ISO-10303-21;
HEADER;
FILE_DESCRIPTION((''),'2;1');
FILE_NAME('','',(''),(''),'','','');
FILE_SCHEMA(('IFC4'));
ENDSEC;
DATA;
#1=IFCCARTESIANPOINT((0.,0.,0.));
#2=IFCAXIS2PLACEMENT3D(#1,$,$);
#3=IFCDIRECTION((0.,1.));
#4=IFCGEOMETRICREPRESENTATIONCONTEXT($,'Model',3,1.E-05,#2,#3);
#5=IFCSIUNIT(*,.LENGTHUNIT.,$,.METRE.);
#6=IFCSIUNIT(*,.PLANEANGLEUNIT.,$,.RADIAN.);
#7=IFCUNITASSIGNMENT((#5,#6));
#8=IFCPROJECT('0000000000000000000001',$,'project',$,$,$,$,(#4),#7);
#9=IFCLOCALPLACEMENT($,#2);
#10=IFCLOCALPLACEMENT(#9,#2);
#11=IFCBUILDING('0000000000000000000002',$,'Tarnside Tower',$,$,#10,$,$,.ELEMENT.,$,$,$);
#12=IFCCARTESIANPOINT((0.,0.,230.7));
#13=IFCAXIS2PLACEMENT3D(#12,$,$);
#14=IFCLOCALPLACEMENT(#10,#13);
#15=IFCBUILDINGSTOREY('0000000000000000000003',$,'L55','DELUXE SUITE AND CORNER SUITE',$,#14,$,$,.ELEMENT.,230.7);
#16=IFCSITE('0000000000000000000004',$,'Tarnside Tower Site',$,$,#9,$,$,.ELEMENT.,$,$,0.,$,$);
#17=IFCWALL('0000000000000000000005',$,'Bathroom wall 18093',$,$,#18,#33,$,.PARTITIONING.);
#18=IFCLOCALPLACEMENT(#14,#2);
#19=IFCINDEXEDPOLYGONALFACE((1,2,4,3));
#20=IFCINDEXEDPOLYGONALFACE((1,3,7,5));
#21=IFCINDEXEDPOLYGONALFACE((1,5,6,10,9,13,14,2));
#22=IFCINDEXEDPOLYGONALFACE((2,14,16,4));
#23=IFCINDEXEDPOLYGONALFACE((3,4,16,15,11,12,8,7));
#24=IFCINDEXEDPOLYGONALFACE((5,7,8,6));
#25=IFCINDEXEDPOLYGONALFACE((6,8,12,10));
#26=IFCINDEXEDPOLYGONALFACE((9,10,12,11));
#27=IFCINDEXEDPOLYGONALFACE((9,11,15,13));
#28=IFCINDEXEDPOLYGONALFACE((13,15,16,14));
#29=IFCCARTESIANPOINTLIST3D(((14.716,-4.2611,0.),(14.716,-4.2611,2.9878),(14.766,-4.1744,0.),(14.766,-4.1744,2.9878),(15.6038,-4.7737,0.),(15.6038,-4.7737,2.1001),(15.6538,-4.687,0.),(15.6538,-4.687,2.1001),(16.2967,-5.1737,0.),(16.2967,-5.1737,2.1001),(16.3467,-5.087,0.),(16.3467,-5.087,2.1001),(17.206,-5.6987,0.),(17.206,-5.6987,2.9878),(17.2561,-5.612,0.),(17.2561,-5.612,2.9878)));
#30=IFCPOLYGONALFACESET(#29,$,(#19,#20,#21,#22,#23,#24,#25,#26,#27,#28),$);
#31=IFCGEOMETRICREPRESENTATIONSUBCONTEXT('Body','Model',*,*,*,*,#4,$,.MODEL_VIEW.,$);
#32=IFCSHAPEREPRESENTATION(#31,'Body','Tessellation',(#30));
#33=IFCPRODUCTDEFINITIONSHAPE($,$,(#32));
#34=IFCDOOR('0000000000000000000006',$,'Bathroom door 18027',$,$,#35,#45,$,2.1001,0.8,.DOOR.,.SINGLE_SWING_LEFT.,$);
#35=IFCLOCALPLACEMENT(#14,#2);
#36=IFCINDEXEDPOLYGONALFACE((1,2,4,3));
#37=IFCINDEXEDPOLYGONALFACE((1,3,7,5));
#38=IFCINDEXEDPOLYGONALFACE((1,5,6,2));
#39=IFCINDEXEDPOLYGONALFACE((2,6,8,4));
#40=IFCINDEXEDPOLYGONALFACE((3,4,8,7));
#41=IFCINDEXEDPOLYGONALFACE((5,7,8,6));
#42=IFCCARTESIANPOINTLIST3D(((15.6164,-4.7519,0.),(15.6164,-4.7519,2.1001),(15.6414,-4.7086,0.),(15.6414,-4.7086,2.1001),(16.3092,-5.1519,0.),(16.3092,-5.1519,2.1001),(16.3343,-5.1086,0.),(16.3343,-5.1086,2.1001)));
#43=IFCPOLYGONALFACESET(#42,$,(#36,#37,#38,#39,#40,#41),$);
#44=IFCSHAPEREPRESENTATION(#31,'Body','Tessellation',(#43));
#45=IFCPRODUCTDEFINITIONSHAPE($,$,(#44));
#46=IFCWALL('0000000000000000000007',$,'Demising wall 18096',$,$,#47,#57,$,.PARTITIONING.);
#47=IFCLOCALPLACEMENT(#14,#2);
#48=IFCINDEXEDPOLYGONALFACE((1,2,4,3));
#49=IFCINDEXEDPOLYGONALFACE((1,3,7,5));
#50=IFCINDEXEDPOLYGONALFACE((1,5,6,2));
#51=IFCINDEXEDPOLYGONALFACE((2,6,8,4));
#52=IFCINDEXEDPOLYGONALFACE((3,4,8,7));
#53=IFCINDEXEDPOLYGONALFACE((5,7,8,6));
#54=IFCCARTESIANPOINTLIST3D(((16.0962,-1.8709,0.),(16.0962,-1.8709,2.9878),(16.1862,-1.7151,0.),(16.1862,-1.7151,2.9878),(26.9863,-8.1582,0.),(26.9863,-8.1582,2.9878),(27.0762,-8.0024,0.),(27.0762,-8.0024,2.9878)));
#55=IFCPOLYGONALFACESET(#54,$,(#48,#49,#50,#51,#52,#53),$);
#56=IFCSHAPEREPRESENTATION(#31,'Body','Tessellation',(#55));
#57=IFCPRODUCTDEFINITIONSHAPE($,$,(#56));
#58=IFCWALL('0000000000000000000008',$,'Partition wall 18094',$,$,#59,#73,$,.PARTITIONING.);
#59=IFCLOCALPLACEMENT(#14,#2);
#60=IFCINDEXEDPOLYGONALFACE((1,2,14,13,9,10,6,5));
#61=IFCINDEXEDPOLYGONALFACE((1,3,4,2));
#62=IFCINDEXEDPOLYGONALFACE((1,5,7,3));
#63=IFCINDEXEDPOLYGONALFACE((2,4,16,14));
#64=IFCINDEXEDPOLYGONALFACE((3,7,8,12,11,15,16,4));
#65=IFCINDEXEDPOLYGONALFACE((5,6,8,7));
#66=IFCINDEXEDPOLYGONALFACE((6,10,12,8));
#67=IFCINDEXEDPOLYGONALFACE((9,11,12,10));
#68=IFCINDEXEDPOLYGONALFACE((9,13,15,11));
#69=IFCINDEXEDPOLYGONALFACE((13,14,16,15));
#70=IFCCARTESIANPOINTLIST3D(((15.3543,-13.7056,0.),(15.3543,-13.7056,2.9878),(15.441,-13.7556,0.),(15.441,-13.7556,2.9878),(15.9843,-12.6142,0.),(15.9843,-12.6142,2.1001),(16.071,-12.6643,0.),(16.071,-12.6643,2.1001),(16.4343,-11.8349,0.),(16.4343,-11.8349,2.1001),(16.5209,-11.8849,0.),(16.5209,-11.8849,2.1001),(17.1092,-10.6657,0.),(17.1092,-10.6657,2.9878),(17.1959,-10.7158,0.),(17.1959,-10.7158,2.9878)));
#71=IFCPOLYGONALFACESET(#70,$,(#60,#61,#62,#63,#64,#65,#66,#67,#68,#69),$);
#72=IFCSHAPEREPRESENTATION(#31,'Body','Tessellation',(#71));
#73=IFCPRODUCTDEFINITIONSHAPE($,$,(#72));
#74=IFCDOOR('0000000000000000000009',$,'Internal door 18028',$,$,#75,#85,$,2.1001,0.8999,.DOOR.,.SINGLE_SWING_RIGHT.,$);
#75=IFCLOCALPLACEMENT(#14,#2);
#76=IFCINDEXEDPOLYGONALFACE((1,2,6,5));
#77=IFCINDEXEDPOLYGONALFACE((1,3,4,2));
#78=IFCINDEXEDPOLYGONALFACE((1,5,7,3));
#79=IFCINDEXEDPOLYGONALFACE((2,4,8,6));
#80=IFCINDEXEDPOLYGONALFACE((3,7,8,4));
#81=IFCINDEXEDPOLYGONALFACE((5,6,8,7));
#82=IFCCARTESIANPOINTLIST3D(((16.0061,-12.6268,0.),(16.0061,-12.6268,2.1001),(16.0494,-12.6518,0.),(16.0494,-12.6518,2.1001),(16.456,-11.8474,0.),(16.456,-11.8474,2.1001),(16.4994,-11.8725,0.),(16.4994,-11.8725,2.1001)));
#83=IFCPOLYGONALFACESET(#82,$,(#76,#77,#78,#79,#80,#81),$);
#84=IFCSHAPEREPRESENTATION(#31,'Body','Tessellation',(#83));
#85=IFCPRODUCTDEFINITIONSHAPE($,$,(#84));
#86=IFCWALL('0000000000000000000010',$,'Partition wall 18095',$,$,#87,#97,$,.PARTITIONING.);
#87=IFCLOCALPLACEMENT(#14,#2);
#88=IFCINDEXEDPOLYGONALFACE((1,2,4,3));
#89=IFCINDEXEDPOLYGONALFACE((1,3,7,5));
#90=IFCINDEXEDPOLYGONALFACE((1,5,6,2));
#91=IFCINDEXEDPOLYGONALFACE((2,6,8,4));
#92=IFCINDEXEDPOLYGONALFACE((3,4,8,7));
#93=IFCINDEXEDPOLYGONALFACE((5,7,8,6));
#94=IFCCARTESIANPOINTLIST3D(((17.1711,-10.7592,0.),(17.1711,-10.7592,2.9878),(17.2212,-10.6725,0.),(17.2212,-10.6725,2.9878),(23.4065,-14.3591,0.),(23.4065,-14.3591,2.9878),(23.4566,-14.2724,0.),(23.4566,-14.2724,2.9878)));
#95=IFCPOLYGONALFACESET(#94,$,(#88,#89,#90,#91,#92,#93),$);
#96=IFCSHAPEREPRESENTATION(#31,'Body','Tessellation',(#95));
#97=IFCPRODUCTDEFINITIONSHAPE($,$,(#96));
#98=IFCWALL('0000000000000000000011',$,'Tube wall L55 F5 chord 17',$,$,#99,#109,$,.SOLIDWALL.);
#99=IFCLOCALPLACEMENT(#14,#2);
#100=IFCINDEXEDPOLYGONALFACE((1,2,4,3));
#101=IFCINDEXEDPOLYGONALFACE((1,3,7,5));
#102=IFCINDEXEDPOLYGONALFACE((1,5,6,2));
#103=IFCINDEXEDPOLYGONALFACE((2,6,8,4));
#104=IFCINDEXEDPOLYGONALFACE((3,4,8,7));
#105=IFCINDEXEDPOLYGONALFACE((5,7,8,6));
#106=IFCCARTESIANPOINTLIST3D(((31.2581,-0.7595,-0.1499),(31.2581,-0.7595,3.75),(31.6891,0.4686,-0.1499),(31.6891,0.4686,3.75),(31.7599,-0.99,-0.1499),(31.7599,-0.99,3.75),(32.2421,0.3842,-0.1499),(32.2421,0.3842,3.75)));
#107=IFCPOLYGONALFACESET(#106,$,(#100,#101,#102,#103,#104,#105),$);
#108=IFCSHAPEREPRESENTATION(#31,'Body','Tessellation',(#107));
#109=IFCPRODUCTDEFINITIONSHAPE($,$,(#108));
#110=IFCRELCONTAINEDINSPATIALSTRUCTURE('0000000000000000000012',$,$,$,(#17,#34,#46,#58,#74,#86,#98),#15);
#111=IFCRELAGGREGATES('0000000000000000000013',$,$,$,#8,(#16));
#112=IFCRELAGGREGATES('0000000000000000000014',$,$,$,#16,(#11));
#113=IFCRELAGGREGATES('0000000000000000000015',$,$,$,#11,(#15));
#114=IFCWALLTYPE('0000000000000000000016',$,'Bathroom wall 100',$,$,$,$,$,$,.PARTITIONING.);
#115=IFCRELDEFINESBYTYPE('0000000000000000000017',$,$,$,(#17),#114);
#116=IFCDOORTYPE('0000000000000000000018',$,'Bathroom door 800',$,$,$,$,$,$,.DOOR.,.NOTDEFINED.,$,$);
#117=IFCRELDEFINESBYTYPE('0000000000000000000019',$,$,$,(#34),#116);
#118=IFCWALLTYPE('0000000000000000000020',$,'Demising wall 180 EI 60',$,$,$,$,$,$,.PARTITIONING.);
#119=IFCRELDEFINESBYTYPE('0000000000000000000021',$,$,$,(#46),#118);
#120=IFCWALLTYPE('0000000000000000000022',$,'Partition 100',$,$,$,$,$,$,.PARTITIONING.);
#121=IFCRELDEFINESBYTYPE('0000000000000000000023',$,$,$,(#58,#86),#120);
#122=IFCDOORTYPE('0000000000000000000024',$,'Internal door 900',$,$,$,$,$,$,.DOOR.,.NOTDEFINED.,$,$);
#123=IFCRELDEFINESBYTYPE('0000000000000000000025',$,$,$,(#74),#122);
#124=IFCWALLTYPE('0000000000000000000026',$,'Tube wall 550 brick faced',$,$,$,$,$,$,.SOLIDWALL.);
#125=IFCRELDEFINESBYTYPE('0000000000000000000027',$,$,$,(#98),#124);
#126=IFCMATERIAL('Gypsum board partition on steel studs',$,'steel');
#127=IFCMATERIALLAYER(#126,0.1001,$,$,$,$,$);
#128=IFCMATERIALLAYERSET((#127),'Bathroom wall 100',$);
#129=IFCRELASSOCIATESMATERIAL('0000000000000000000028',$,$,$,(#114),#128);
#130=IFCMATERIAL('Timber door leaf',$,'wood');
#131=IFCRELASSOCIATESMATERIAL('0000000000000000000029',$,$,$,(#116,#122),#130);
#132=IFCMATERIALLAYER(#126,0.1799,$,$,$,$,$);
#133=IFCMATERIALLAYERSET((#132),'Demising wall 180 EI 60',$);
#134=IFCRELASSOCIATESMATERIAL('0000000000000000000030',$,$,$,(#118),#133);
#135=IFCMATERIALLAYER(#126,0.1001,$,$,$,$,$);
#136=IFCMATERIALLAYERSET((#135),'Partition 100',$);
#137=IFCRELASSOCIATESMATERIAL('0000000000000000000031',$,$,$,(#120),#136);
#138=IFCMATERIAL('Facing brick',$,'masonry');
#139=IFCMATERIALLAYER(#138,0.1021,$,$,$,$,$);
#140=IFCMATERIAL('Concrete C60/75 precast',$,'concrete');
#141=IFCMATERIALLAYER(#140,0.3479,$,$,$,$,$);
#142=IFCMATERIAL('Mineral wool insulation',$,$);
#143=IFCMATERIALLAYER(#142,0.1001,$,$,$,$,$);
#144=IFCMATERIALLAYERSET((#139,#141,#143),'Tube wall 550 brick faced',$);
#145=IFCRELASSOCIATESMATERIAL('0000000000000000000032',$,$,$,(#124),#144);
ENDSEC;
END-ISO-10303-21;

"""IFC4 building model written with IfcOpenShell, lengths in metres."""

from ifc_helpers import new_model, si_unit, direction, frame, frame_2d, origin, place, context, subcontext, project, spatial, polyline, rectangle, outline, extrude, material, layer, layer_set, type_object, element, fill, save


model = new_model("IFC4")

# Units and contexts
model_context = context("Model", 3, precision=1e-05, world=origin(), true_north=direction((0.0, 1.0)))
body_context = subcontext(model_context, "Body", "Model", "MODEL_VIEW")
ifc_project = project(units=[si_unit("LENGTHUNIT", "METRE"), si_unit("PLANEANGLEUNIT", "RADIAN")], contexts=[model_context])

# Site, building, storey
site_placement = place(None, origin())
site = spatial("IfcSite", under=ifc_project, at=site_placement, Name="Tarnside Tower Site", CompositionType="ELEMENT", RefElevation=0.0)
building_placement = place(site_placement, origin())
building = spatial("IfcBuilding", under=site, at=building_placement, Name="Tarnside Tower", CompositionType="ELEMENT")
storey_placement = place(building_placement, frame((0.0, 0.0, 230.7)))
storey = spatial("IfcBuildingStorey", under=building, at=storey_placement, Name="L55", Description="DELUXE SUITE AND CORNER SUITE", CompositionType="ELEMENT", Elevation=230.7)

# Shared definitions
ifc_material_1 = material(Name="Gypsum board partition on steel studs", Category="steel")
ifc_layer_1 = layer(ifc_material_1, 0.1001)
ifc_layer_set_1 = layer_set([ifc_layer_1], Name="Bathroom wall 100")
wall_type_1 = type_object("IfcWallType", Name="Bathroom wall 100", PredefinedType="PARTITIONING", material=ifc_layer_set_1)
ifc_material_2 = material(Name="Timber door leaf", Category="wood")
door_type_1 = type_object("IfcDoorType", Name="Bathroom door 800", OperationType="NOTDEFINED", PredefinedType="DOOR", material=ifc_material_2)

# Wall, opening, door
wall_1_placement = place(storey_placement, frame((17.231, -5.6553, 0.0), z_axis=(0.0, 0.0, 1.0), x_axis=(-0.86604, 0.499975, 0.0)))
wall_1 = element("IfcWall", 1, at=wall_1_placement, inside=storey, type_object=wall_type_1, Name="Bathroom wall 18093", PredefinedType="PARTITIONING", context=body_context, shape_type="SweptSolid", body=[
    extrude(rectangle(XDim=2.8752, YDim=0.1001, at=frame_2d((1.4375, 0.0))), origin(), (0.0, 0.0, 1.0), 2.9878),
])
opening_1_placement = place(wall_1_placement, frame((1.05, 0.0, 0.0)))
opening_1 = element("IfcOpeningElement", 2, at=opening_1_placement, cuts=wall_1, PredefinedType="OPENING", context=body_context, shape_type="SweptSolid", body=[
    extrude(rectangle(XDim=0.8, YDim=2.1001, at=frame_2d((0.3999, 1.05))), frame((0.0, 0.0601, 0.0), z_axis=(0.0, -1.0, 0.0), x_axis=(1.0, 0.0, 0.0)), (0.0, 0.0, 1.0), 0.1201),
])
door_1_placement = place(opening_1_placement, origin())
door_1 = element("IfcDoor", 3, at=door_1_placement, inside=storey, type_object=door_type_1, Name="Bathroom door 18027", OperationType="SINGLE_SWING_LEFT", OverallHeight=2.1001, OverallWidth=0.8, PredefinedType="DOOR", context=body_context, shape_type="SweptSolid", body=[
    extrude(rectangle(XDim=0.8, YDim=2.1001, at=frame_2d((0.3999, 1.05))), frame((0.0, 0.0249, 0.0), z_axis=(0.0, -1.0, 0.0), x_axis=(1.0, 0.0, 0.0)), (0.0, 0.0, 1.0), 0.05),
])
fill(opening_1, door_1)

# Wall
ifc_layer_2 = layer(ifc_material_1, 0.1799)
ifc_layer_set_2 = layer_set([ifc_layer_2], Name="Demising wall 180 EI 60")
wall_type_2 = type_object("IfcWallType", Name="Demising wall 180 EI 60", PredefinedType="PARTITIONING", material=ifc_layer_set_2)
wall_2_placement = place(storey_placement, frame((27.0312, -8.0803, 0.0), z_axis=(0.0, 0.0, 1.0), x_axis=(-0.866028, 0.499996, 0.0)))
element("IfcWall", 4, at=wall_2_placement, inside=storey, type_object=wall_type_2, Name="Demising wall 18096", PredefinedType="PARTITIONING", context=body_context, shape_type="SweptSolid", body=[
    extrude(rectangle(XDim=12.5747, YDim=0.1799, at=frame_2d((6.2874, 0.0))), origin(), (0.0, 0.0, 1.0), 2.9878),
])

# Wall, opening, door
ifc_layer_3 = layer(ifc_material_1, 0.1001)
ifc_layer_set_3 = layer_set([ifc_layer_3], Name="Partition 100")
wall_type_3 = type_object("IfcWallType", Name="Partition 100", PredefinedType="PARTITIONING", material=ifc_layer_set_3)
wall_3_placement = place(storey_placement, frame((15.3977, -13.7305, 0.0), z_axis=(0.0, 0.0, 1.0), x_axis=(0.499969, 0.866043, 0.0)))
wall_3 = element("IfcWall", 5, at=wall_3_placement, inside=storey, type_object=wall_type_3, Name="Partition wall 18094", PredefinedType="PARTITIONING", context=body_context, shape_type="SweptSolid", body=[
    extrude(rectangle(XDim=3.51, YDim=0.1001, at=frame_2d((1.7549, 0.0))), origin(), (0.0, 0.0, 1.0), 2.9878),
])
opening_2_placement = place(wall_3_placement, frame((1.26, 0.0, 0.0)))
opening_2 = element("IfcOpeningElement", 6, at=opening_2_placement, cuts=wall_3, PredefinedType="OPENING", context=body_context, shape_type="SweptSolid", body=[
    extrude(rectangle(XDim=0.8999, YDim=2.1001, at=frame_2d((0.45, 1.05))), frame((0.0, 0.0601, 0.0), z_axis=(0.0, -1.0, 0.0), x_axis=(1.0, 0.0, 0.0)), (0.0, 0.0, 1.0), 0.1201),
])
door_type_2 = type_object("IfcDoorType", Name="Internal door 900", OperationType="NOTDEFINED", PredefinedType="DOOR", material=ifc_material_2)
door_2_placement = place(opening_2_placement, origin())
door_2 = element("IfcDoor", 7, at=door_2_placement, inside=storey, type_object=door_type_2, Name="Internal door 18028", OperationType="SINGLE_SWING_RIGHT", OverallHeight=2.1001, OverallWidth=0.8999, PredefinedType="DOOR", context=body_context, shape_type="SweptSolid", body=[
    extrude(rectangle(XDim=0.8999, YDim=2.1001, at=frame_2d((0.45, 1.05))), frame((0.0, 0.0249, 0.0), z_axis=(0.0, -1.0, 0.0), x_axis=(1.0, 0.0, 0.0)), (0.0, 0.0, 1.0), 0.05),
])
fill(opening_2, door_2)

# Walls
wall_4_placement = place(storey_placement, frame((17.196, -10.7158, 0.0), z_axis=(0.0, 0.0, 1.0), x_axis=(0.866033, -0.499987, 0.0)))
element("IfcWall", 8, at=wall_4_placement, inside=storey, type_object=wall_type_3, Name="Partition wall 18095", PredefinedType="PARTITIONING", context=body_context, shape_type="SweptSolid", body=[
    extrude(rectangle(XDim=7.2, YDim=0.1001, at=frame_2d((3.6001, 0.0))), origin(), (0.0, 0.0, 1.0), 2.9878),
])
ifc_material_3 = material(Name="Facing brick", Category="masonry")
ifc_layer_4 = layer(ifc_material_3, 0.1021)
ifc_material_4 = material(Name="Concrete C60/75 precast", Category="concrete")
ifc_layer_5 = layer(ifc_material_4, 0.3479)
ifc_material_5 = material(Name="Mineral wool insulation")
ifc_layer_6 = layer(ifc_material_5, 0.1001)
ifc_layer_set_4 = layer_set([ifc_layer_4, ifc_layer_5, ifc_layer_6], Name="Tube wall 550 brick faced")
wall_type_4 = type_object("IfcWallType", Name="Tube wall 550 brick faced", PredefinedType="SOLIDWALL", material=ifc_layer_set_4)
wall_5_placement = place(storey_placement, frame((31.509, -0.8748, -0.1499), z_axis=(0.0, 0.0, 1.0), x_axis=(0.331115, 0.94359, 0.0)))
element("IfcWall", 9, at=wall_5_placement, inside=storey, type_object=wall_type_4, Name="Tube wall L55 F5 chord 17", PredefinedType="SOLIDWALL", context=body_context, shape_type="SweptSolid", body=[
    extrude(outline(polyline([(-0.0256, -0.2749), (1.4307, -0.2749), (1.3271, 0.2749), (0.0256, 0.2749), (-0.0256, -0.2749)])), origin(), (0.0, 0.0, 1.0), 3.8999),
])

save(model, "model.ifc")
